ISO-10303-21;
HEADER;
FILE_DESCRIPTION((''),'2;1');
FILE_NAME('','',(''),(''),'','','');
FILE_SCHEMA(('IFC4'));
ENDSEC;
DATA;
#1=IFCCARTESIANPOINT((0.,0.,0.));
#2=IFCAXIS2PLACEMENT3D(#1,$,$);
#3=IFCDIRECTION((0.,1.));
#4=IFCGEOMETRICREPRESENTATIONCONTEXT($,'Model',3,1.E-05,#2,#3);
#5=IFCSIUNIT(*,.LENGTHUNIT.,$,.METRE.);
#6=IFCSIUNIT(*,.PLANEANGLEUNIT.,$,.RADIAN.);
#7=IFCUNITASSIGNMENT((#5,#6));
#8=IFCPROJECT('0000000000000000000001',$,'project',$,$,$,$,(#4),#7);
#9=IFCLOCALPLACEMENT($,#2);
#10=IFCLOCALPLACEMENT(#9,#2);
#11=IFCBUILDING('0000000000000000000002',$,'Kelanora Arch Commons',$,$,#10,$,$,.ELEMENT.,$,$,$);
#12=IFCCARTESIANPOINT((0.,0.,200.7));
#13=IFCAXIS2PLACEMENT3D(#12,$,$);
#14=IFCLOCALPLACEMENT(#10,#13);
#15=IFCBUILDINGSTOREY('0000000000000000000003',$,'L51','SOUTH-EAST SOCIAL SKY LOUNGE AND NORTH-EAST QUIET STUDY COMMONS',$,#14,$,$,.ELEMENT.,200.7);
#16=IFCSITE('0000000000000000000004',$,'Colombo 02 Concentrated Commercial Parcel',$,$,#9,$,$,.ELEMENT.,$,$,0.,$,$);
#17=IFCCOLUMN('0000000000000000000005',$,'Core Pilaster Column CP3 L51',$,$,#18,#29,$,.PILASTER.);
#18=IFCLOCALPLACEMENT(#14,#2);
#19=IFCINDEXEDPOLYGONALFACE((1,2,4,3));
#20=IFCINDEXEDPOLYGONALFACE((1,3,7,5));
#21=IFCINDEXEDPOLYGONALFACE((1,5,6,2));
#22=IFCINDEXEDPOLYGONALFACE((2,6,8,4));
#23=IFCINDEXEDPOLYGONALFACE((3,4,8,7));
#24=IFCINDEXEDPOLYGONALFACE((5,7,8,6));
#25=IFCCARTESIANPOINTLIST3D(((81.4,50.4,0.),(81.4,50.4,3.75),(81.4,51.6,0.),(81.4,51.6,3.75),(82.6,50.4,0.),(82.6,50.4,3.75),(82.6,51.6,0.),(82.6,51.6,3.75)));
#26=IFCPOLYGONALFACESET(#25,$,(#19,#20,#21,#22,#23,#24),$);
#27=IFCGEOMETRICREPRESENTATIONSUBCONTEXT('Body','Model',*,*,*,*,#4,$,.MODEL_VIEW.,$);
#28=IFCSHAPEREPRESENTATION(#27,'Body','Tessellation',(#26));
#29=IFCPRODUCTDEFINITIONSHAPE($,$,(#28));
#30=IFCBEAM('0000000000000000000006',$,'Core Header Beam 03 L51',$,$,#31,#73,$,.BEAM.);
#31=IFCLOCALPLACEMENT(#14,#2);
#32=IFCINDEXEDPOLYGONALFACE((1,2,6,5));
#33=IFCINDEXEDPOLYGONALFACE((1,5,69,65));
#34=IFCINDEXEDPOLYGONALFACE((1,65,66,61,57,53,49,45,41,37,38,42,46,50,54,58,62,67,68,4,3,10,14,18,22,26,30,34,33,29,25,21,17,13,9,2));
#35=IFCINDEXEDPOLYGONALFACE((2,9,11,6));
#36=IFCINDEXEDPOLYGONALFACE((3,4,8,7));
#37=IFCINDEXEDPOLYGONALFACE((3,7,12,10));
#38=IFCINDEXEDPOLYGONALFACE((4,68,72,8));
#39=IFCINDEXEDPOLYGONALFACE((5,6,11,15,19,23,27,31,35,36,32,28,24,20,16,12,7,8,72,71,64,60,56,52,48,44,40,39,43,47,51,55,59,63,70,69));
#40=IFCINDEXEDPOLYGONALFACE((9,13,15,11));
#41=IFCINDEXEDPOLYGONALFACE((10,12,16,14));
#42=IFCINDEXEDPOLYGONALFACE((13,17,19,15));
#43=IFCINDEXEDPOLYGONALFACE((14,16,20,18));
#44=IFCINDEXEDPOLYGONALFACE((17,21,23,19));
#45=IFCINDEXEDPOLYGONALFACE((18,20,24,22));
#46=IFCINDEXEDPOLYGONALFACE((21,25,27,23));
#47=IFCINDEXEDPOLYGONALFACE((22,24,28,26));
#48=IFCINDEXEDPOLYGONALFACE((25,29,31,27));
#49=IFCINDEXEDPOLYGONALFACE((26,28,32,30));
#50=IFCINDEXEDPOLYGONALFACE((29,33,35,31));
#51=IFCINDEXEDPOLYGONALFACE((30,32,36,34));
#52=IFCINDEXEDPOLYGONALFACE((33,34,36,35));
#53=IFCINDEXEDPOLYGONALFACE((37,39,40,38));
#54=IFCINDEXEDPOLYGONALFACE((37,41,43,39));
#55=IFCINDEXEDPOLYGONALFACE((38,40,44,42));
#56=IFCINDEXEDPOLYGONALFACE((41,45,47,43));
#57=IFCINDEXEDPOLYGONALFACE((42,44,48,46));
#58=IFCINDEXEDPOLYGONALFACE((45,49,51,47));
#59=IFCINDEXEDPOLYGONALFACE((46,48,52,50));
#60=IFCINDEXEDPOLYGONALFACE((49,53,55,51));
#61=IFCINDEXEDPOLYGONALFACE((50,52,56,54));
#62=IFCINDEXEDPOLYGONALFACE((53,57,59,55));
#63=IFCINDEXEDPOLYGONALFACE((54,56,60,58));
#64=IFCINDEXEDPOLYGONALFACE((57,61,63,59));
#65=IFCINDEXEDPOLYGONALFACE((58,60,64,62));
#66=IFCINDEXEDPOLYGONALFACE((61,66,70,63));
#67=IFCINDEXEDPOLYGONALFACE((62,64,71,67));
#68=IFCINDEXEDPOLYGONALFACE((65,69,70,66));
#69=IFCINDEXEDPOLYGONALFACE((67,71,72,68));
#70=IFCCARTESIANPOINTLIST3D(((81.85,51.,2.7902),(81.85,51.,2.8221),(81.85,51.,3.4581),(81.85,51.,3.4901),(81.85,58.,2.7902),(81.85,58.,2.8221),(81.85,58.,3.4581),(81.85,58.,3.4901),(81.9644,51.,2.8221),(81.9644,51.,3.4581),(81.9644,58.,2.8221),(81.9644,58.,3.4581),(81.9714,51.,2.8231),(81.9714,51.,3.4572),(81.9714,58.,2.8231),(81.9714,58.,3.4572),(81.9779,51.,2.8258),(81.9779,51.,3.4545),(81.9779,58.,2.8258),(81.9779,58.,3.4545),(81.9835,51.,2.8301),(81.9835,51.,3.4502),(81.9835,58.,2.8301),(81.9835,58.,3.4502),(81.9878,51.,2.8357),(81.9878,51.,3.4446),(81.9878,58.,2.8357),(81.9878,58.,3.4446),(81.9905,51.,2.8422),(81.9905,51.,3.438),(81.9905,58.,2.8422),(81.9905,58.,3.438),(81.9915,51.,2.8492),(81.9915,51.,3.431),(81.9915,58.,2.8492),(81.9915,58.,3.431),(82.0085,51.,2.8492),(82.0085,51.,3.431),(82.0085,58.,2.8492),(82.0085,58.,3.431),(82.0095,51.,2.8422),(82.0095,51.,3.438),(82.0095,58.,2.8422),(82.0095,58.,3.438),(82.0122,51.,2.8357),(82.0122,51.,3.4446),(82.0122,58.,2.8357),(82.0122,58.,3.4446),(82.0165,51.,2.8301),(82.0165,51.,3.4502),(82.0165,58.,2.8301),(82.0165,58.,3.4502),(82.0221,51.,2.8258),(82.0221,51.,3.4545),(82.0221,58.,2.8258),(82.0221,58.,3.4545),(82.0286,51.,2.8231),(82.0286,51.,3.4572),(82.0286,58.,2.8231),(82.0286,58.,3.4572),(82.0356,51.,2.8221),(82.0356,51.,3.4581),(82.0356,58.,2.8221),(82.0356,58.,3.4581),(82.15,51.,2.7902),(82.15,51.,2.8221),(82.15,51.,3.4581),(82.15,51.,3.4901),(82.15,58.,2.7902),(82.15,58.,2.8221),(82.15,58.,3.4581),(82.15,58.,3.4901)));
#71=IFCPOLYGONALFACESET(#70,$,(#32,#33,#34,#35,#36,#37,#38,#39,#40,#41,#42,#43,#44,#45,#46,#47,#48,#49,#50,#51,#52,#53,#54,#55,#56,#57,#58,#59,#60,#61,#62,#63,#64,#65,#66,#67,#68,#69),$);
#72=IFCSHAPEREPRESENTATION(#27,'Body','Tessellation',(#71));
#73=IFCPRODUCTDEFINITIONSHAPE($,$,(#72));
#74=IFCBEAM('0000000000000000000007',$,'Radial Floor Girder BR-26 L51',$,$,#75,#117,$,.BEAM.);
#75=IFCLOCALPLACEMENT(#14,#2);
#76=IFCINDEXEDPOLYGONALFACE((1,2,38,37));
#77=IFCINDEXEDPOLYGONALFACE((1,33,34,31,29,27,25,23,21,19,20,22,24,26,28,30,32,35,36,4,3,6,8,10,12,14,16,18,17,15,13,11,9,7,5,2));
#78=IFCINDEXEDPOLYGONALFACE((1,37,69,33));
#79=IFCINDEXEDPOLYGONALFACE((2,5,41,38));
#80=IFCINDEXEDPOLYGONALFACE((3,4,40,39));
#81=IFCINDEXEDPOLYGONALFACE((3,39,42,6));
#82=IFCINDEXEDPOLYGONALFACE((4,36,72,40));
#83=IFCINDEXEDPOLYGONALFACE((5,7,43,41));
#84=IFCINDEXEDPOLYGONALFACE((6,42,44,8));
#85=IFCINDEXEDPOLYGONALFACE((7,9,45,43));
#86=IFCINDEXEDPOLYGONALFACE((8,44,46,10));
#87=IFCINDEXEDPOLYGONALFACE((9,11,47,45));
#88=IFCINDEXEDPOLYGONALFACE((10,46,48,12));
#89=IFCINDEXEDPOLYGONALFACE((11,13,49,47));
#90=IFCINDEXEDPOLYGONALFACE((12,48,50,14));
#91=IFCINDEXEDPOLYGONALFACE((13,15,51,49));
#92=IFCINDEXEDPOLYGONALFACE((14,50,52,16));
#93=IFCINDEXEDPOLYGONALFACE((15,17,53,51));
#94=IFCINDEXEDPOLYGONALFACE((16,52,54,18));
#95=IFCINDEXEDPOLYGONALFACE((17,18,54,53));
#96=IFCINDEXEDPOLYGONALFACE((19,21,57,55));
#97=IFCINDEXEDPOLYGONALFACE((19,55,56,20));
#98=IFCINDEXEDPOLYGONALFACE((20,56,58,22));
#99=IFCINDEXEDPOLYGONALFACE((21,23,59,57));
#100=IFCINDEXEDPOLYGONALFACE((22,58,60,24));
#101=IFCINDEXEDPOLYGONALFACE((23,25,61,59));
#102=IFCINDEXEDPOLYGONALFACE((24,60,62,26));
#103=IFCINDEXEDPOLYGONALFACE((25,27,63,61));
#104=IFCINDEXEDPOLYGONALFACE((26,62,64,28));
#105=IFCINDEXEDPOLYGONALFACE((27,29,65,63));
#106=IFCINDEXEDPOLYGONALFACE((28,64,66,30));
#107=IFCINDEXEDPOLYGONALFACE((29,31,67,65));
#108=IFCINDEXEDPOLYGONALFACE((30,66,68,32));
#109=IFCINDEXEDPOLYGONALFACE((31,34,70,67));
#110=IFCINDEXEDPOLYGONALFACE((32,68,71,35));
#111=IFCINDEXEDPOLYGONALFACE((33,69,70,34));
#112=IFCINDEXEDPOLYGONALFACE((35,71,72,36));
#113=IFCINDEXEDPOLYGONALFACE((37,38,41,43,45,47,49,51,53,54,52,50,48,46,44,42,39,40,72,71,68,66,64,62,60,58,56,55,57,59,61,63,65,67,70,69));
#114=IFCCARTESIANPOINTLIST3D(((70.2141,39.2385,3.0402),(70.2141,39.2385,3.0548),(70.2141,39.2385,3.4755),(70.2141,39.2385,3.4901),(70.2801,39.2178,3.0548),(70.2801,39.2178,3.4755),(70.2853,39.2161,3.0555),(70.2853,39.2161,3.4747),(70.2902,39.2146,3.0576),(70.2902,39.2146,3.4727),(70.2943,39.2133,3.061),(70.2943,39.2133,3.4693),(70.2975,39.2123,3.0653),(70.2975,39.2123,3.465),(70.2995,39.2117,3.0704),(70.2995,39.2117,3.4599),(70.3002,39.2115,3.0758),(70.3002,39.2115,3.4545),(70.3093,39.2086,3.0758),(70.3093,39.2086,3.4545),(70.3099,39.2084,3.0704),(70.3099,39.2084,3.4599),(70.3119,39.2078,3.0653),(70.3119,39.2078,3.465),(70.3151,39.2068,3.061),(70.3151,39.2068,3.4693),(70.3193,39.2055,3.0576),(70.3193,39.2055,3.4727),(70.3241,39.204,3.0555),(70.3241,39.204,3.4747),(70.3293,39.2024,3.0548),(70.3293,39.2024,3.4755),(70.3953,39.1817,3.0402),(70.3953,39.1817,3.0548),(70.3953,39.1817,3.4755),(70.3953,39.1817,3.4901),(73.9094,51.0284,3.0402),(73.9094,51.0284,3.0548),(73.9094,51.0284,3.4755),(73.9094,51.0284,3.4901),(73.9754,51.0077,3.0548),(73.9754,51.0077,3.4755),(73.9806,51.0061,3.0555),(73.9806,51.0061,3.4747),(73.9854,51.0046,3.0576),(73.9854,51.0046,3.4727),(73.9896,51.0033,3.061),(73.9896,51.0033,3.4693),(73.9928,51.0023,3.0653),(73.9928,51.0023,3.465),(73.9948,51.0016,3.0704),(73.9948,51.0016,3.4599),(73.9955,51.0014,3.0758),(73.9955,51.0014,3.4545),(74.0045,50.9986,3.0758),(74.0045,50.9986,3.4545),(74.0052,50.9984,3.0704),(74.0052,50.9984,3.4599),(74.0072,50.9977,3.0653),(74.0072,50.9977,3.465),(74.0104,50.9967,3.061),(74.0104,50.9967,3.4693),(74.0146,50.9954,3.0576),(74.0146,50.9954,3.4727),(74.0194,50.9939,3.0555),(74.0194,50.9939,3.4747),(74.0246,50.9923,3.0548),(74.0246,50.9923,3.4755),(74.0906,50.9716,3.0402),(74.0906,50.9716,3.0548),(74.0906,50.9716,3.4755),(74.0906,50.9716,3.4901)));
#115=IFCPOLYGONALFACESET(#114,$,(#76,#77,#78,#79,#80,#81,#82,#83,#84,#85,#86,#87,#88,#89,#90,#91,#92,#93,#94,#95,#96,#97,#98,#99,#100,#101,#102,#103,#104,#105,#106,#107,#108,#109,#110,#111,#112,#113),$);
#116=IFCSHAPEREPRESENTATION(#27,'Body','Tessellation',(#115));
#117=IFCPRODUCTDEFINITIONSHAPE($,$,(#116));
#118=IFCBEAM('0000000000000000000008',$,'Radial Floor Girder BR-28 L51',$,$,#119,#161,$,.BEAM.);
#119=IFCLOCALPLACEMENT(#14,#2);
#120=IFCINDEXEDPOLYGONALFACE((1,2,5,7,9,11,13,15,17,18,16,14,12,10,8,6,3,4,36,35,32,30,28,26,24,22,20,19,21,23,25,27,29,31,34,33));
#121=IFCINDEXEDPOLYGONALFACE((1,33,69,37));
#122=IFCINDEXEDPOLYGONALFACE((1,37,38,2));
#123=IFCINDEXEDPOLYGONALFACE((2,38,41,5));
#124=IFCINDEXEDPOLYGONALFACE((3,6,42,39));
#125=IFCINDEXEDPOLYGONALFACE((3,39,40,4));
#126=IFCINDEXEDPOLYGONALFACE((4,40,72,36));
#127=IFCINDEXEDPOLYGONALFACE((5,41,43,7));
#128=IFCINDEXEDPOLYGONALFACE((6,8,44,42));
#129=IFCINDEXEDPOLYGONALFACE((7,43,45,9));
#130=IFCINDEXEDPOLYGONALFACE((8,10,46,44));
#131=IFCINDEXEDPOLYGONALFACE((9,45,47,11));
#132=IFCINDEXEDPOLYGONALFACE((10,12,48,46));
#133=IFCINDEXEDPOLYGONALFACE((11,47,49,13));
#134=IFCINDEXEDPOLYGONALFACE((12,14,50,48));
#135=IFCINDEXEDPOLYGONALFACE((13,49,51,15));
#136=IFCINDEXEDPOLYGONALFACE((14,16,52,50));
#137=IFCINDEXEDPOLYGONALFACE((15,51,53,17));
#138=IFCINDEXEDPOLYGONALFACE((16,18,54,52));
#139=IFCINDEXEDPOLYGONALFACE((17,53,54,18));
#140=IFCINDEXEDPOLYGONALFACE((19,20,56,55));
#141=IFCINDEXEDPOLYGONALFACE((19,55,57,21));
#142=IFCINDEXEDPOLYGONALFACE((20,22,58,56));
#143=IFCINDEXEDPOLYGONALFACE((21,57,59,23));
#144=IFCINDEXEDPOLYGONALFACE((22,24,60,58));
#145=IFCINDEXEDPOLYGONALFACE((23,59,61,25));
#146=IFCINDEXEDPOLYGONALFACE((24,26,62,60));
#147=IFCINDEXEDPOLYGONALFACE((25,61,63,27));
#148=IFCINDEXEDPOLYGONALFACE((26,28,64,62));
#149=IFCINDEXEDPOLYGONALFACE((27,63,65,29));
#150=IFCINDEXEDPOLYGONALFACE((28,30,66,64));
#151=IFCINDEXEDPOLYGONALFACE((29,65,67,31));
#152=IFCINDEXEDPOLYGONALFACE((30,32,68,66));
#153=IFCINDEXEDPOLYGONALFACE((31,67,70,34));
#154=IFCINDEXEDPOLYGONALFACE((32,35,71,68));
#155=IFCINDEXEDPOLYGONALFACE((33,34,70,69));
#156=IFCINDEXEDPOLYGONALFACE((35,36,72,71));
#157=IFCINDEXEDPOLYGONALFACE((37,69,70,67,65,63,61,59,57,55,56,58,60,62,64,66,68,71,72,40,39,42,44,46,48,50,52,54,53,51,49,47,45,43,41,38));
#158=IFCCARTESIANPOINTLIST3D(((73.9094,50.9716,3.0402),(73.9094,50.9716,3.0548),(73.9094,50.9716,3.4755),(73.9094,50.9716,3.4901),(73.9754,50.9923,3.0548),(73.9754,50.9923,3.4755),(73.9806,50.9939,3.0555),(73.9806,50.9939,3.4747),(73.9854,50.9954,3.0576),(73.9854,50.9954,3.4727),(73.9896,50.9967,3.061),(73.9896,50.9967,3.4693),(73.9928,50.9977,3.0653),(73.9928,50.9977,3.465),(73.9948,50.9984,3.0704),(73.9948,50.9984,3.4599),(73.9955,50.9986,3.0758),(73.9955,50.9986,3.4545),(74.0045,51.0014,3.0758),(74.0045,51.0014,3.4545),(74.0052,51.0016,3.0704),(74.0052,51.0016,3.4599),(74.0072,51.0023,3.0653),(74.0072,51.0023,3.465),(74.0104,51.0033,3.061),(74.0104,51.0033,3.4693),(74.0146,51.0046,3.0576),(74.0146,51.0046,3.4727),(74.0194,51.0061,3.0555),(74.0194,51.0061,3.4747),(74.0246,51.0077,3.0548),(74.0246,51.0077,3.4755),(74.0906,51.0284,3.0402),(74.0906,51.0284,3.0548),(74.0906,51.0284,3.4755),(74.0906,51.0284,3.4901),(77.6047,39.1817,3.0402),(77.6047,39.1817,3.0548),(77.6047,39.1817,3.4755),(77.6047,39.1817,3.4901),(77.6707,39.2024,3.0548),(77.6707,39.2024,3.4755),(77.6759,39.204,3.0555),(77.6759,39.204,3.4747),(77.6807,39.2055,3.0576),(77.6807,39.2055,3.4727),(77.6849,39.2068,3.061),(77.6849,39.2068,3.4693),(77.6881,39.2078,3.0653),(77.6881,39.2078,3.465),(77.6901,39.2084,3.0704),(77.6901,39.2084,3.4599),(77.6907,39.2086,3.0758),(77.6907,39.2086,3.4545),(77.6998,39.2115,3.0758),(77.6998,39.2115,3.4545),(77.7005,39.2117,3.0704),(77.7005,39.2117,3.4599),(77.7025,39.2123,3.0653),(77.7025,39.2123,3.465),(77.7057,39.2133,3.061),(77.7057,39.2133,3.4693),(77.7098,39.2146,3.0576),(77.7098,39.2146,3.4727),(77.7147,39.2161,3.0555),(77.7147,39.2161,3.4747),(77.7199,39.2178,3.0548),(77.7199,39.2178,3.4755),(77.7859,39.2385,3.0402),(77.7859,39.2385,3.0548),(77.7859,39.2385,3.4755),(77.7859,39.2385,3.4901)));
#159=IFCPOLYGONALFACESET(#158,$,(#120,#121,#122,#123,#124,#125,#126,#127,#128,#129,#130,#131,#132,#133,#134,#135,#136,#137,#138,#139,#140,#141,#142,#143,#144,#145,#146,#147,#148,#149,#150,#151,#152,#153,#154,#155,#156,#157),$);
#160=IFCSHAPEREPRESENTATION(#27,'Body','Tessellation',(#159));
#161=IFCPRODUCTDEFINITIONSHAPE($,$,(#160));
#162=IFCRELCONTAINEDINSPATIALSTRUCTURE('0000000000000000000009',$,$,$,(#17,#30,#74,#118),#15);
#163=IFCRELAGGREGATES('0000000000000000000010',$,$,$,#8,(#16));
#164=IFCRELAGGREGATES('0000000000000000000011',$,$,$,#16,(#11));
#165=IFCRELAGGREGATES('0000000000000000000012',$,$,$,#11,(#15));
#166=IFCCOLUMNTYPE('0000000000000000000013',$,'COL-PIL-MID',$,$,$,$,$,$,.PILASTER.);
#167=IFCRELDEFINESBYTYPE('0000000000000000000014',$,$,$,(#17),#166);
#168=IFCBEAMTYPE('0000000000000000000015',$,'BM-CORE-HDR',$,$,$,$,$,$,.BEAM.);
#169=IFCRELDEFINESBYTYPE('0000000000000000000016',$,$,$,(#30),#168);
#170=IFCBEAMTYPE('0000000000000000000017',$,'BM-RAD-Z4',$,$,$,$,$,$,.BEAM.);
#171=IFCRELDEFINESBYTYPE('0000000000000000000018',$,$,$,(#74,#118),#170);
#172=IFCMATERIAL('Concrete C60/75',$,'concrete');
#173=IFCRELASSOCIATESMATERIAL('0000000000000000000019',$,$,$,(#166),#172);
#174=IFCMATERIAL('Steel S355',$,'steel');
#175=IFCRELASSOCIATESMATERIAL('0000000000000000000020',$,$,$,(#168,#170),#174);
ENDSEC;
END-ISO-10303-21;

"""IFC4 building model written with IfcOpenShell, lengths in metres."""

from ifc_helpers import new_model, si_unit, direction, frame, origin, origin_2d, place, context, subcontext, project, spatial, rectangle, i_section, extrude, material, material_profile, profile_set, type_object, element, save


model = new_model("IFC4")

# Units and contexts
model_context = context("Model", 3, precision=1e-05, world=origin(), true_north=direction((0.0, 1.0)))
body_context = subcontext(model_context, "Body", "Model", "MODEL_VIEW")
ifc_project = project(units=[si_unit("LENGTHUNIT", "METRE"), si_unit("PLANEANGLEUNIT", "RADIAN")], contexts=[model_context])

# Site, building, storey
site_placement = place(None, origin())
site = spatial("IfcSite", under=ifc_project, at=site_placement, Name="Colombo 02 Concentrated Commercial Parcel", CompositionType="ELEMENT", RefElevation=0.0)
building_placement = place(site_placement, origin())
building = spatial("IfcBuilding", under=site, at=building_placement, Name="Kelanora Arch Commons", CompositionType="ELEMENT")
storey_placement = place(building_placement, frame((0.0, 0.0, 200.7)))
storey = spatial("IfcBuildingStorey", under=building, at=storey_placement, Name="L51", Description="SOUTH-EAST SOCIAL SKY LOUNGE AND NORTH-EAST QUIET STUDY COMMONS", CompositionType="ELEMENT", Elevation=200.7)

# Column
ifc_material_1 = material(Name="Concrete C60/75", Category="concrete")
ifc_material_profile_1 = material_profile(ifc_material_1, rectangle(XDim=1.2, YDim=1.2, at=origin_2d()), Name="RC1200x1200")
ifc_profile_set_1 = profile_set([ifc_material_profile_1], Name="Concrete C60/75")
column_type = type_object("IfcColumnType", Name="COL-PIL-MID", PredefinedType="PILASTER", material=ifc_profile_set_1)
column_placement = place(storey_placement, frame((82.0, 51.0, 0.0), z_axis=(0.0, 0.0, 1.0), x_axis=(1.0, 0.0, 0.0)))
element("IfcColumn", 1, at=column_placement, inside=storey, type_object=column_type, Name="Core Pilaster Column CP3 L51", PredefinedType="PILASTER", context=body_context, shape_type="SweptSolid", body=[
    extrude(rectangle(XDim=1.2, YDim=1.2, at=origin_2d()), origin(), (0.0, 0.0, 1.0), 3.75),
])

# Beams
ifc_material_2 = material(Name="Steel S355", Category="steel")
ifc_material_profile_2 = material_profile(ifc_material_2, i_section(OverallWidth=0.3, OverallDepth=0.7, WebThickness=0.0171, FlangeThickness=0.032, FilletRadius=0.0271, at=origin_2d()), Name="HEB700")
ifc_profile_set_2 = profile_set([ifc_material_profile_2], Name="Steel S355")
beam_type_1 = type_object("IfcBeamType", Name="BM-CORE-HDR", PredefinedType="BEAM", material=ifc_profile_set_2)
beam_1_placement = place(storey_placement, frame((82.0, 51.0, 3.1401), z_axis=(0.0, 1.0, 0.0), x_axis=(-1.0, 0.0, 0.0)))
element("IfcBeam", 2, at=beam_1_placement, inside=storey, type_object=beam_type_1, Name="Core Header Beam 03 L51", PredefinedType="BEAM", context=body_context, shape_type="SweptSolid", body=[
    extrude(i_section(OverallWidth=0.3, OverallDepth=0.7, WebThickness=0.0171, FlangeThickness=0.032, FilletRadius=0.0271, at=origin_2d()), origin(), (0.0, 0.0, 1.0), 7.0),
])
ifc_material_profile_3 = material_profile(ifc_material_2, i_section(OverallWidth=0.1899, OverallDepth=0.45, WebThickness=0.0095, FlangeThickness=0.0146, FilletRadius=0.021, at=origin_2d()), Name="IPE450")
ifc_profile_set_3 = profile_set([ifc_material_profile_3], Name="Steel S355")
beam_type_2 = type_object("IfcBeamType", Name="BM-RAD-Z4", PredefinedType="BEAM", material=ifc_profile_set_3)
for number, where, z_axis, x_axis, name in (
    (3, (74.0, 51.0, 3.2651), (-0.29908, -0.954228, 0.0), (0.954228, -0.29908, 0.0), "Radial Floor Girder BR-26 L51"),
    (4, (74.0, 51.0, 3.2651), (0.29908, -0.954228, 0.0), (0.954228, 0.29908, 0.0), "Radial Floor Girder BR-28 L51"),
):
    element("IfcBeam", number, at=place(storey_placement, frame(where, z_axis=z_axis, x_axis=x_axis)), inside=storey, type_object=beam_type_2, Name=name, PredefinedType="BEAM", context=body_context, shape_type="SweptSolid", body=[
        extrude(i_section(OverallWidth=0.1899, OverallDepth=0.45, WebThickness=0.0095, FlangeThickness=0.0146, FilletRadius=0.021, at=origin_2d()), origin(), (0.0, 0.0, 1.0), 12.3555),
    ])

save(model, "model.ifc")
